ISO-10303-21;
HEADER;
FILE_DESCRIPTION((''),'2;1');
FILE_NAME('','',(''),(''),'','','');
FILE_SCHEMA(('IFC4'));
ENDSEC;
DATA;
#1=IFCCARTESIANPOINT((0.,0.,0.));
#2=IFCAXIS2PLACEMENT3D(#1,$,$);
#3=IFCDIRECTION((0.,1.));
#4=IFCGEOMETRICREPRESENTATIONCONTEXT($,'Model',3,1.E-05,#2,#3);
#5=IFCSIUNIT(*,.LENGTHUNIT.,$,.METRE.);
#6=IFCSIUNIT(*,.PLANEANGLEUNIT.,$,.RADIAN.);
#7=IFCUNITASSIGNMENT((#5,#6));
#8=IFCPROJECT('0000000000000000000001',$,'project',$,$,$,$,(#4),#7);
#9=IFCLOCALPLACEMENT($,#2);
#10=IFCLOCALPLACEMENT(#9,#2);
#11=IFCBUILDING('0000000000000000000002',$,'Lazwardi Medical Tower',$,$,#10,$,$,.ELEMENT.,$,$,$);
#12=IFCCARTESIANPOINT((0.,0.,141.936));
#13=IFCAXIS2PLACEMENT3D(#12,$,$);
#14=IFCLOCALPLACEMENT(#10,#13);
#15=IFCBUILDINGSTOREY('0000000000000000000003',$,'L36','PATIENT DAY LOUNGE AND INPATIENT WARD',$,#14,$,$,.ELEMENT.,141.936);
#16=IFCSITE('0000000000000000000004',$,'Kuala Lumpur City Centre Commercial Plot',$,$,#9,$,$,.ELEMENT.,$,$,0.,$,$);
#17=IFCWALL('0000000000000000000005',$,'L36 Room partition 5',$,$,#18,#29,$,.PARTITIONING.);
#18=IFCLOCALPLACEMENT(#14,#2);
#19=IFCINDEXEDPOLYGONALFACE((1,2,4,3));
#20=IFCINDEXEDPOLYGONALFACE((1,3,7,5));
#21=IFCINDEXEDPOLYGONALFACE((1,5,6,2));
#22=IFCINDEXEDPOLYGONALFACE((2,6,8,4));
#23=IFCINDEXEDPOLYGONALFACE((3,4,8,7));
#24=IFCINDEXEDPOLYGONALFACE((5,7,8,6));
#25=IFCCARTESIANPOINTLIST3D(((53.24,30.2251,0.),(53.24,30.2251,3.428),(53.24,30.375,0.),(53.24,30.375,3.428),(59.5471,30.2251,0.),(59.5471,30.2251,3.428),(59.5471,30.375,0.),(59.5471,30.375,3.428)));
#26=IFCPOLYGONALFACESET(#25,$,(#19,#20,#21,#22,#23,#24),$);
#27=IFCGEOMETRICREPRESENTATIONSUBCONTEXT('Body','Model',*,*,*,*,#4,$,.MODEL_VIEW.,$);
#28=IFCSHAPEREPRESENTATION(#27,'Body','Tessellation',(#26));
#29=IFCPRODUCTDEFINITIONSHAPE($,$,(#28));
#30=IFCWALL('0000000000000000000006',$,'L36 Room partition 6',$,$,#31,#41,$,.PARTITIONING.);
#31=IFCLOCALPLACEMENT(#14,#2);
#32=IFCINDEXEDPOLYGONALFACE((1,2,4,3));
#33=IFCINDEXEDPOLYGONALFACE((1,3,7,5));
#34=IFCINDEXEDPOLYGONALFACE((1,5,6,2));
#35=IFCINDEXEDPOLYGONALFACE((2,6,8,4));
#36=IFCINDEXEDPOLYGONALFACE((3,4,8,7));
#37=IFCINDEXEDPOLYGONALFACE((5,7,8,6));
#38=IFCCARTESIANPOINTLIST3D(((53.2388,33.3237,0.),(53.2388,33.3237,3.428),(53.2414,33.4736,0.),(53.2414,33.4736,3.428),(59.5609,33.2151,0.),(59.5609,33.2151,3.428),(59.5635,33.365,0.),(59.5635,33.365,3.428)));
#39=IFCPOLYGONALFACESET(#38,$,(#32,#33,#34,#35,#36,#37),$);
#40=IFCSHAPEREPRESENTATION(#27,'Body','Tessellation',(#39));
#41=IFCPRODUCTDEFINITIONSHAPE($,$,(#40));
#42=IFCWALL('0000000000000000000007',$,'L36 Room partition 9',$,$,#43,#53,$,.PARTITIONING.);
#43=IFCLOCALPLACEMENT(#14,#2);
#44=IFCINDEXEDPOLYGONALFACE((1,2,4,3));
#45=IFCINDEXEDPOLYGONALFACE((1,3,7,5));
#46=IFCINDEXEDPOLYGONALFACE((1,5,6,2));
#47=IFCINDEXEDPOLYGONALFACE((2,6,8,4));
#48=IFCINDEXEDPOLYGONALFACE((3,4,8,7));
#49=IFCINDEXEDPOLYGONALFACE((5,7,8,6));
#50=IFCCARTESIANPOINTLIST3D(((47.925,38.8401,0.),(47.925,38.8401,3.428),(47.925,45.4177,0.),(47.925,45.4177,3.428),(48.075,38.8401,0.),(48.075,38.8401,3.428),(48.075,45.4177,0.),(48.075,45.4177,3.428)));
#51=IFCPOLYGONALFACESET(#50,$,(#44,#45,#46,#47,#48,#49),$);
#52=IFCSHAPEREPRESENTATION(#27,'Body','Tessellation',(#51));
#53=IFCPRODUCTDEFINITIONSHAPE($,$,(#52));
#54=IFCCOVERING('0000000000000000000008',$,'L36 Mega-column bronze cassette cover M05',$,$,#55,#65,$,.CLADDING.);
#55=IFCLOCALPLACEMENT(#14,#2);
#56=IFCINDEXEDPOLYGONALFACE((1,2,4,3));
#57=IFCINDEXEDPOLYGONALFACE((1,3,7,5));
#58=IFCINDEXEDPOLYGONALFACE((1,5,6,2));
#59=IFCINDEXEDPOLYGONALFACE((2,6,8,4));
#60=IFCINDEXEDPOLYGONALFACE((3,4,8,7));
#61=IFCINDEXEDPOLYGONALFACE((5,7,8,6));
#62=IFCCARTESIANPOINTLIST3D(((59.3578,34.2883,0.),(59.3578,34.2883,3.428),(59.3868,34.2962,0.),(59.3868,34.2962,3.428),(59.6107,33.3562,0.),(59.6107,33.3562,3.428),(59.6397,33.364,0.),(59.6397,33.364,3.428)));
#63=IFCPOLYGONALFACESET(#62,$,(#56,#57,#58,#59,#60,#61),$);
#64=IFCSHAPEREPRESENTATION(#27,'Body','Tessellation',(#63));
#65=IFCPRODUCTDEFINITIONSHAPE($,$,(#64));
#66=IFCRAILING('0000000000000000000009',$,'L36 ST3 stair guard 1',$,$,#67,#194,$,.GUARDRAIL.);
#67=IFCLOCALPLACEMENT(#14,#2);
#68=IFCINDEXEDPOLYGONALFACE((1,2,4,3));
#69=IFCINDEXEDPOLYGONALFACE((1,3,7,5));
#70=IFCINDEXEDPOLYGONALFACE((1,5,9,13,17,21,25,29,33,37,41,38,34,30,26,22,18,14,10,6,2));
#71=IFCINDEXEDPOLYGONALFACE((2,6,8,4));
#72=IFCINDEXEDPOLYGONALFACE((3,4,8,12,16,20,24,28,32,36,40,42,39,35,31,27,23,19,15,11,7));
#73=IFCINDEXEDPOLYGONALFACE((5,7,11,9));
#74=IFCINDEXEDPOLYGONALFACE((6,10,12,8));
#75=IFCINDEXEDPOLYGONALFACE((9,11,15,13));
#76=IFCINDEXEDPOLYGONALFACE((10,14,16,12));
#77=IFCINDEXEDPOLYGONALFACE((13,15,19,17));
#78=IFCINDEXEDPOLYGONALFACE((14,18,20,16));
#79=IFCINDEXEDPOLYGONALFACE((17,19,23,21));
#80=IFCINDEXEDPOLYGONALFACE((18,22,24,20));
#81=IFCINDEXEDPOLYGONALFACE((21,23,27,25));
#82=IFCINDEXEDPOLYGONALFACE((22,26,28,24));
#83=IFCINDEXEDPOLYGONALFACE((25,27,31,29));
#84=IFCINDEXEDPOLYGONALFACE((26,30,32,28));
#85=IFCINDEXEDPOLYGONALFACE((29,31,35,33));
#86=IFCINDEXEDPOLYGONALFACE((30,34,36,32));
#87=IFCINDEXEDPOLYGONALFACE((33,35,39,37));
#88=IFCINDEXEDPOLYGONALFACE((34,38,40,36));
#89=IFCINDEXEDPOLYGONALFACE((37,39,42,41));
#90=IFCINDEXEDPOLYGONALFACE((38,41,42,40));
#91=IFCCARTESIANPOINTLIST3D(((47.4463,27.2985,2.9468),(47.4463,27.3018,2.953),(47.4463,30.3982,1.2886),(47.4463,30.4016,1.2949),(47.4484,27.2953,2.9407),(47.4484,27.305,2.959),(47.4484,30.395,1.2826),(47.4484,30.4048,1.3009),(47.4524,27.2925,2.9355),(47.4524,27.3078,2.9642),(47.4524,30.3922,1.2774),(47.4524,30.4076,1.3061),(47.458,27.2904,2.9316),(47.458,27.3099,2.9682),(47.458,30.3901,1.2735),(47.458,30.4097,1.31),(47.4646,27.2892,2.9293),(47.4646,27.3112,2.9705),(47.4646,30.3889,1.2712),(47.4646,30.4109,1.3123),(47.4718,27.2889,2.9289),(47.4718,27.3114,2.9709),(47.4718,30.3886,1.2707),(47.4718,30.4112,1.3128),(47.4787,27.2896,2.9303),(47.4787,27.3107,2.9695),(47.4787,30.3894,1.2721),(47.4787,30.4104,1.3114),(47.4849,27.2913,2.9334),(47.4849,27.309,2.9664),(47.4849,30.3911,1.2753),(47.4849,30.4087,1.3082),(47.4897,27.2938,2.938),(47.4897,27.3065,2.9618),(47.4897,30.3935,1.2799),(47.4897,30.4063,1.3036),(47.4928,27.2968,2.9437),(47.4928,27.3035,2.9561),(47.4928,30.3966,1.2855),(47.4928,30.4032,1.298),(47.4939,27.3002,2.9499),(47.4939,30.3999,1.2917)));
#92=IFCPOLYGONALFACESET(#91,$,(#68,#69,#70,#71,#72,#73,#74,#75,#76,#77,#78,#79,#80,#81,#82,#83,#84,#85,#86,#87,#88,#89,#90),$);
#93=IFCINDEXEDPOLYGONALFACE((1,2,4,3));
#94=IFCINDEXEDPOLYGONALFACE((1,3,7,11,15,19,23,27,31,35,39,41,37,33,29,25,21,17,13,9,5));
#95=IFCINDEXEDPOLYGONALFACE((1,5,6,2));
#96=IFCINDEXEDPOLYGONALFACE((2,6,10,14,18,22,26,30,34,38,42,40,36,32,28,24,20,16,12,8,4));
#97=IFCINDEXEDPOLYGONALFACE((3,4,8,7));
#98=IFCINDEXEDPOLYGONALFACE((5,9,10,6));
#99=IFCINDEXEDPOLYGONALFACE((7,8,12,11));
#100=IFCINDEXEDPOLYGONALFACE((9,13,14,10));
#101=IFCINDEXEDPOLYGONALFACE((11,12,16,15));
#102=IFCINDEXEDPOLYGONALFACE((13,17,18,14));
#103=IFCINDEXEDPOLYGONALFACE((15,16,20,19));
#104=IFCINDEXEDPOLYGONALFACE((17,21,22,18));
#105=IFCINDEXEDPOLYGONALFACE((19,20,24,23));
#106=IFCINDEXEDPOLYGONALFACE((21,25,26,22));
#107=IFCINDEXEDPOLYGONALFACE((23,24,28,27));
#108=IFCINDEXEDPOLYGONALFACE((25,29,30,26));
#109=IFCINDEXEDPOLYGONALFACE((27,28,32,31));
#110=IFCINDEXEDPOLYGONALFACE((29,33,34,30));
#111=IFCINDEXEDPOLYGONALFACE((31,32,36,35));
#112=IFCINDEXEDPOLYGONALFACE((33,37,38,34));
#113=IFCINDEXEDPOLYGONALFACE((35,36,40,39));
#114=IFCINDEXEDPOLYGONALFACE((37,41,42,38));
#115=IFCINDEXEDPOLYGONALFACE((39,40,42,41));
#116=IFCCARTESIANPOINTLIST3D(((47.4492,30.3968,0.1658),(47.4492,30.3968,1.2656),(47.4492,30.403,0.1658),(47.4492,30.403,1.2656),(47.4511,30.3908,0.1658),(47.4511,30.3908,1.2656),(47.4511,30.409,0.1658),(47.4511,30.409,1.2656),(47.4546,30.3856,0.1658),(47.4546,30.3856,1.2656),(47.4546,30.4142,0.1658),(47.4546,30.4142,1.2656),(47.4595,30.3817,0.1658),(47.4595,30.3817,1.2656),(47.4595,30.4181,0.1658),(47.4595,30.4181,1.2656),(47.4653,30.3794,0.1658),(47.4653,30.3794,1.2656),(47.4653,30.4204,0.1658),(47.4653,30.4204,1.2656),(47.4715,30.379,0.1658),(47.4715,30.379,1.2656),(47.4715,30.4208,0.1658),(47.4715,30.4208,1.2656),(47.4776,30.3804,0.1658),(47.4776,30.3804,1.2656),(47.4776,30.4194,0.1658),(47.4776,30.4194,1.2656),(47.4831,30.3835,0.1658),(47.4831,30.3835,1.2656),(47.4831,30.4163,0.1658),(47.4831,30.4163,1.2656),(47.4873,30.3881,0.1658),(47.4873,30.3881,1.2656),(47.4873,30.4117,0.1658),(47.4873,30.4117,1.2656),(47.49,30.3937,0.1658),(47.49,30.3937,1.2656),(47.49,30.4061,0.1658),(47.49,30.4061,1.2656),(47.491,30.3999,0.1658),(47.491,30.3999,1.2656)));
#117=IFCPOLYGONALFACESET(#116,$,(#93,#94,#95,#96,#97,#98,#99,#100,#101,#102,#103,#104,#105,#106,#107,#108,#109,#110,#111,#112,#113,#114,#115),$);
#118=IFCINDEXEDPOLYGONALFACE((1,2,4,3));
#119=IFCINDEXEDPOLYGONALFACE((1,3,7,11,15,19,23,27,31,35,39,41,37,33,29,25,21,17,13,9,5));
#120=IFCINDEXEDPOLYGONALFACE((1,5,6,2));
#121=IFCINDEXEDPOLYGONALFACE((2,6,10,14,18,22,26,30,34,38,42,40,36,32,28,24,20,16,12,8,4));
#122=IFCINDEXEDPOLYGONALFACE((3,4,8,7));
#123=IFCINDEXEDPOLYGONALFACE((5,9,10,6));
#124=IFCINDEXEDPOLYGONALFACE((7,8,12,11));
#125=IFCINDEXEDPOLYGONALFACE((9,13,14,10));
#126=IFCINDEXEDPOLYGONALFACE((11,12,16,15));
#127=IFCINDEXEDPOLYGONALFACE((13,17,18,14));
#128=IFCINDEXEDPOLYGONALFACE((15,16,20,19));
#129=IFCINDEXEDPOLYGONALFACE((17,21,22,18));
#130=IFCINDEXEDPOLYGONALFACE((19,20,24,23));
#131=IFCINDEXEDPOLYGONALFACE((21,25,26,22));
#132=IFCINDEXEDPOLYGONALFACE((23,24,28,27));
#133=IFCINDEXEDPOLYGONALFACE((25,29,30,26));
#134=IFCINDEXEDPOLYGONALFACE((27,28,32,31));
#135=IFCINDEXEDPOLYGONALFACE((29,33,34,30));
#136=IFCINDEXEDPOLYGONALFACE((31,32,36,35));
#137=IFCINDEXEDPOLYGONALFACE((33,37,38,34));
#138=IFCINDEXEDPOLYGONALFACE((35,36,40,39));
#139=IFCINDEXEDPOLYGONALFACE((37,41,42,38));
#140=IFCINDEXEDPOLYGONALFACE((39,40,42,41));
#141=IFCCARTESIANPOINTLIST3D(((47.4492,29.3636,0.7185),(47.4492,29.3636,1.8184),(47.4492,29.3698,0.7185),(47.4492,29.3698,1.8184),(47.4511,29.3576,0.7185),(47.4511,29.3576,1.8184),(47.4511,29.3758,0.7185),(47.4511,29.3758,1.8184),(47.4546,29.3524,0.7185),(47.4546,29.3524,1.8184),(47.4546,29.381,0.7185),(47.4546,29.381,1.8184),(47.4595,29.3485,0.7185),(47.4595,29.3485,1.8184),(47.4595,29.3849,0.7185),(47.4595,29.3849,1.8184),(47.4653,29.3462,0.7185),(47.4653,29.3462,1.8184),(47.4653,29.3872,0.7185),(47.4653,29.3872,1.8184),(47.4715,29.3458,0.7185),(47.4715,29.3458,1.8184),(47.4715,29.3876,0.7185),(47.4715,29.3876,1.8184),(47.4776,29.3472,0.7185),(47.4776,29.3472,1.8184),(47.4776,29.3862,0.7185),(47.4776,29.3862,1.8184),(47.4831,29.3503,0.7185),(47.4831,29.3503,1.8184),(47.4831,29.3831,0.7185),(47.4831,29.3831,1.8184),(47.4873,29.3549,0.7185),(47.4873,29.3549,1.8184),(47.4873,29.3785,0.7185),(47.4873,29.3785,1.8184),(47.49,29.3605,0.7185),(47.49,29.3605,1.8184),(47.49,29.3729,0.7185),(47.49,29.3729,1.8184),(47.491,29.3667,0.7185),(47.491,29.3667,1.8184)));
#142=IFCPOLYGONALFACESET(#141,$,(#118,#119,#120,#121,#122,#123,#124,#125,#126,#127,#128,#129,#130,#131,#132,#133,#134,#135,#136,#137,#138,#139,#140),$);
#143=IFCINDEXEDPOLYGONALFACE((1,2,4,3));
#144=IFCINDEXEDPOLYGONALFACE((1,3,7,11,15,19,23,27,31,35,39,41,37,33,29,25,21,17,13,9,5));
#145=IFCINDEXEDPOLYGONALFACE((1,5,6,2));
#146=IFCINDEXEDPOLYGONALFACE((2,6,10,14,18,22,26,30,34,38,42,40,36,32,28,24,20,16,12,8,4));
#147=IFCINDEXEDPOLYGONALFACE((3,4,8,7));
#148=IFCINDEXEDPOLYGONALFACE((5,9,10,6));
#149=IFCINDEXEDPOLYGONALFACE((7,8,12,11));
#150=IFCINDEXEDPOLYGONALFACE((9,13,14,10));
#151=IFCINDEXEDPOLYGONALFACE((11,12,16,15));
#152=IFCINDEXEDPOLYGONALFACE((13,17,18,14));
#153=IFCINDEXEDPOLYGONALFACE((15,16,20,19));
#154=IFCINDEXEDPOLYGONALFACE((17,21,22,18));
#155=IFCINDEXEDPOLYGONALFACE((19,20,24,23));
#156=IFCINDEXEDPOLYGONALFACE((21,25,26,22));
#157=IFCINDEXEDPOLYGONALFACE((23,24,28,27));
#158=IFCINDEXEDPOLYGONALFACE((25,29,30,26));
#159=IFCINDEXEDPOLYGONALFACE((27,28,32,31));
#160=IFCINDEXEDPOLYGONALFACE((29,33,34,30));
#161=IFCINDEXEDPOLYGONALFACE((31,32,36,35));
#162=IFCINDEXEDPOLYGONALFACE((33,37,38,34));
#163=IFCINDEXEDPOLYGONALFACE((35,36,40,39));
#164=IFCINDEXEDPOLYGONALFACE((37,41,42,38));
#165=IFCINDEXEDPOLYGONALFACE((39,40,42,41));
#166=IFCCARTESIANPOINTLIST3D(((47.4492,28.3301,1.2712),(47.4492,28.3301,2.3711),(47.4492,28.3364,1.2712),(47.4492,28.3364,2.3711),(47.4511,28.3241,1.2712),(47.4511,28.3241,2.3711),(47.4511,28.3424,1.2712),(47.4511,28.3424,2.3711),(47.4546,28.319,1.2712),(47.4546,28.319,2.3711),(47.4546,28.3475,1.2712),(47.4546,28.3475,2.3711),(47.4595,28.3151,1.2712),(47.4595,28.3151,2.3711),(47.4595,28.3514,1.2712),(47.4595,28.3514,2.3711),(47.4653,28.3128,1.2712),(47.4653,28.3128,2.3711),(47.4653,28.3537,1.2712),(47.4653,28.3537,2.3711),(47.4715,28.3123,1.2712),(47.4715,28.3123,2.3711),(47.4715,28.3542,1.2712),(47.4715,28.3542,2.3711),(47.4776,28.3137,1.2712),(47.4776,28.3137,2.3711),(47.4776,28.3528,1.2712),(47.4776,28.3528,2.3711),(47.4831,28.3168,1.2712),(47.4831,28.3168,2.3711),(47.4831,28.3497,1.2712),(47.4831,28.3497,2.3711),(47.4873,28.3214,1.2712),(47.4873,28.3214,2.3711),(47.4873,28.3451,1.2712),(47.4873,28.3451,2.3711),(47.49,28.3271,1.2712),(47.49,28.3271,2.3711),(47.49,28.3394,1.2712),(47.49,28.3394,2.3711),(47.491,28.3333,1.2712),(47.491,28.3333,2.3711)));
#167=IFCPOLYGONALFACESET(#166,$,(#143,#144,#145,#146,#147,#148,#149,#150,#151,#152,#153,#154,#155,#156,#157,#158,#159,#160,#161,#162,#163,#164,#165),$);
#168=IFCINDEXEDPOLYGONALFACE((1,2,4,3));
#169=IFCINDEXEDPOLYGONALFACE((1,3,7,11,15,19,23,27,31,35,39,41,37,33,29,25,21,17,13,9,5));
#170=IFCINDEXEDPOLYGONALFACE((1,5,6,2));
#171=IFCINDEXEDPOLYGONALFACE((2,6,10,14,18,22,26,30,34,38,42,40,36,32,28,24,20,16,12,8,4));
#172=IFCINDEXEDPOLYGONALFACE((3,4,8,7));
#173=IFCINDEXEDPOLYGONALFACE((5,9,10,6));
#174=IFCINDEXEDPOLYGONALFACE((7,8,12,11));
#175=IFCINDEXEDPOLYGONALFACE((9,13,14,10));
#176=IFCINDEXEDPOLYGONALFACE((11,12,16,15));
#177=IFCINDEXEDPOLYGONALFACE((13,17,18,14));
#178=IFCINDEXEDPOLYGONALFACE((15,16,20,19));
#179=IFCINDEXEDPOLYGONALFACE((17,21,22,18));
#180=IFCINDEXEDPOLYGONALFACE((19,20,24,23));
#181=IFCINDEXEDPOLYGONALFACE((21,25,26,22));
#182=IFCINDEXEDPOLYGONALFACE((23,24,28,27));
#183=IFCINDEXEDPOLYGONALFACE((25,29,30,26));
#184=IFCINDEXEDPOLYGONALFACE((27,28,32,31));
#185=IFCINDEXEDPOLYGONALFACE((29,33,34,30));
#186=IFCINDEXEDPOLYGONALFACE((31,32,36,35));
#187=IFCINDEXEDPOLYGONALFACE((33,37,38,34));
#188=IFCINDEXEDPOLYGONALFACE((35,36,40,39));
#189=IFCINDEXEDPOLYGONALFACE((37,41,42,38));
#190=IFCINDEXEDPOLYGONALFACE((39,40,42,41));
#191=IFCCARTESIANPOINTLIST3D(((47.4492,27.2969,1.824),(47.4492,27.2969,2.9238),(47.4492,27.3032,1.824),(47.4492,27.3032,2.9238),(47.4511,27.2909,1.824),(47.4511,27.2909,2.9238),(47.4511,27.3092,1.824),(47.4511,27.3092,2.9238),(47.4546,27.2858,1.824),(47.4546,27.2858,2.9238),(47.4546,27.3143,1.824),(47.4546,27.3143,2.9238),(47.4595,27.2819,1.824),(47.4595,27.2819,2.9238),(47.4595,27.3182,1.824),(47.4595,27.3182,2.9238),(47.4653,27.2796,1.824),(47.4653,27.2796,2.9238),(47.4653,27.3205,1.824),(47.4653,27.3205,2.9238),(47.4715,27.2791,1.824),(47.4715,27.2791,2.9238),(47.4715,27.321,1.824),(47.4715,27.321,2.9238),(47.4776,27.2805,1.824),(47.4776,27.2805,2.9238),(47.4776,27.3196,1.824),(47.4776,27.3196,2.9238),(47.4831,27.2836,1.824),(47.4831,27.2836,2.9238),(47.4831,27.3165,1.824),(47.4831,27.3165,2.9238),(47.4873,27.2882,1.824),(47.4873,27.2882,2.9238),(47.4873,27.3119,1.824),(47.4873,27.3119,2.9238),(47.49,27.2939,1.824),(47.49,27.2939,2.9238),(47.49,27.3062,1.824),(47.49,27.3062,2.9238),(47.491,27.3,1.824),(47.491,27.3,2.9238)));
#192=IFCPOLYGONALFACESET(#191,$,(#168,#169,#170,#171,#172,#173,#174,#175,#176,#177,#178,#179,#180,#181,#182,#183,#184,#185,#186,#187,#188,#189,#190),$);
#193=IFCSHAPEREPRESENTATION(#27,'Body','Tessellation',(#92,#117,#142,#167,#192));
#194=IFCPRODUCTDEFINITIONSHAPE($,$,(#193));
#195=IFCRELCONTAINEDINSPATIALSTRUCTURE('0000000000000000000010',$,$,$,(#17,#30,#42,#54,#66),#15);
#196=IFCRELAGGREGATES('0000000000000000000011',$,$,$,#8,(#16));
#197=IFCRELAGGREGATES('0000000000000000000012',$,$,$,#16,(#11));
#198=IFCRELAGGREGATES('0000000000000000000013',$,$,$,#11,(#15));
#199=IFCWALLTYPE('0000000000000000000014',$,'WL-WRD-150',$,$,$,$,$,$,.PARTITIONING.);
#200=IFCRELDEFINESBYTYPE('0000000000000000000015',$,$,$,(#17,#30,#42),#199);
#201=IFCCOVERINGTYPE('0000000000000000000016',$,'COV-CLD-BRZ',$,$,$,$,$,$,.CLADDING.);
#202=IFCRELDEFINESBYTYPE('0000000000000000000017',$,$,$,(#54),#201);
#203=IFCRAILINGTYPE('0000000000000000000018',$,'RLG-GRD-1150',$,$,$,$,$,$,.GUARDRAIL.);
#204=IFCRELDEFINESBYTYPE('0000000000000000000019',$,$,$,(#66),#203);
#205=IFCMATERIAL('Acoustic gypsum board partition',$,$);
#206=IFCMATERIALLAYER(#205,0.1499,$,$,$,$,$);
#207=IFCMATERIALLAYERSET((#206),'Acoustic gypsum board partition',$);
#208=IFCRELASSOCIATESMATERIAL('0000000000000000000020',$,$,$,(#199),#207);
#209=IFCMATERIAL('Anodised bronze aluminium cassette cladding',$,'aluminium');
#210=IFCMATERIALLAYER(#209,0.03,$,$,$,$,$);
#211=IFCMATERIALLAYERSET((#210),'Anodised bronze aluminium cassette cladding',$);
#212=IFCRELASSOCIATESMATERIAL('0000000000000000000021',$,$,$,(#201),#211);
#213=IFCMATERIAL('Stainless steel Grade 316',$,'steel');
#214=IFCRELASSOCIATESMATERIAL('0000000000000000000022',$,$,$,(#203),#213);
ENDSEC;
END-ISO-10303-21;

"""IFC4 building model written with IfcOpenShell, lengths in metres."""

from ifc_helpers import new_model, si_unit, direction, frame, frame_2d, origin, origin_2d, place, context, subcontext, project, spatial, rectangle, circle, extrude, material, layer, layer_set, type_object, element, save


model = new_model("IFC4")

# Units and contexts
model_context = context("Model", 3, precision=1e-05, world=origin(), true_north=direction((0.0, 1.0)))
body_context = subcontext(model_context, "Body", "Model", "MODEL_VIEW")
ifc_project = project(units=[si_unit("LENGTHUNIT", "METRE"), si_unit("PLANEANGLEUNIT", "RADIAN")], contexts=[model_context])

# Site, building, storey
site_placement = place(None, origin())
site = spatial("IfcSite", under=ifc_project, at=site_placement, Name="Kuala Lumpur City Centre Commercial Plot", CompositionType="ELEMENT", RefElevation=0.0)
building_placement = place(site_placement, origin())
building = spatial("IfcBuilding", under=site, at=building_placement, Name="Lazwardi Medical Tower", CompositionType="ELEMENT")
storey_placement = place(building_placement, frame((0.0, 0.0, 141.936)))
storey = spatial("IfcBuildingStorey", under=building, at=storey_placement, Name="L36", Description="PATIENT DAY LOUNGE AND INPATIENT WARD", CompositionType="ELEMENT", Elevation=141.936)

# Walls
ifc_material_1 = material(Name="Acoustic gypsum board partition")
ifc_layer_1 = layer(ifc_material_1, 0.1499)
ifc_layer_set_1 = layer_set([ifc_layer_1], Name="Acoustic gypsum board partition")
wall_type_1 = type_object("IfcWallType", Name="WL-WRD-150", PredefinedType="PARTITIONING", material=ifc_layer_set_1)
wall_1_placement = place(storey_placement, frame((53.24, 30.3, 0.0), z_axis=(0.0, 0.0, 1.0), x_axis=(1.0, 0.0, 0.0)))
element("IfcWall", 1, at=wall_1_placement, inside=storey, type_object=wall_type_1, Name="L36 Room partition 5", PredefinedType="PARTITIONING", context=body_context, shape_type="SweptSolid", body=[
    extrude(rectangle(XDim=6.3071, YDim=0.1499, at=frame_2d((3.1536, 0.0))), origin(), (0.0, 0.0, 1.0), 3.428),
])
wall_2_placement = place(storey_placement, frame((53.24, 33.3987, 0.0), z_axis=(0.0, 0.0, 1.0), x_axis=(0.999852, -0.017182, 0.0)))
element("IfcWall", 2, at=wall_2_placement, inside=storey, type_object=wall_type_1, Name="L36 Room partition 6", PredefinedType="PARTITIONING", context=body_context, shape_type="SweptSolid", body=[
    extrude(rectangle(XDim=6.323, YDim=0.1499, at=frame_2d((3.1616, 0.0))), origin(), (0.0, 0.0, 1.0), 3.428),
])
wall_3_placement = place(storey_placement, frame((48.0, 38.8401, 0.0), z_axis=(0.0, 0.0, 1.0), x_axis=(0.0, 1.0, 0.0)))
element("IfcWall", 3, at=wall_3_placement, inside=storey, type_object=wall_type_1, Name="L36 Room partition 9", PredefinedType="PARTITIONING", context=body_context, shape_type="SweptSolid", body=[
    extrude(rectangle(XDim=6.5776, YDim=0.1499, at=frame_2d((3.2888, 0.0))), origin(), (0.0, 0.0, 1.0), 3.428),
])

# Covering
ifc_material_2 = material(Name="Anodised bronze aluminium cassette cladding", Category="aluminium")
ifc_layer_2 = layer(ifc_material_2, 0.03)
ifc_layer_set_2 = layer_set([ifc_layer_2], Name="Anodised bronze aluminium cassette cladding")
covering_type = type_object("IfcCoveringType", Name="COV-CLD-BRZ", PredefinedType="CLADDING", material=ifc_layer_set_2)
covering_placement = place(storey_placement, frame((59.4988, 33.8262, 0.0), z_axis=(0.0, 0.0, 1.0), x_axis=(-0.261829, 0.965114, 0.0)))
element("IfcCovering", 4, at=covering_placement, inside=storey, type_object=covering_type, Name="L36 Mega-column bronze cassette cover M05", PredefinedType="CLADDING", context=body_context, shape_type="SweptSolid", body=[
    extrude(rectangle(XDim=0.9658, YDim=0.03, at=origin_2d()), origin(), (0.0, 0.0, 1.0), 3.428),
])

# Railing
ifc_material_3 = material(Name="Stainless steel Grade 316", Category="steel")
railing_type = type_object("IfcRailingType", Name="RLG-GRD-1150", PredefinedType="GUARDRAIL", material=ifc_material_3)
railing_1_placement = place(storey_placement, frame((47.47, 30.3999, 0.1658)))
element("IfcRailing", 5, at=railing_1_placement, inside=storey, type_object=railing_type, Name="L36 ST3 stair guard 1", PredefinedType="GUARDRAIL", context=body_context, shape_type="SweptSolid", body=[
    extrude(circle(Radius=0.0239, at=origin_2d()), frame((0.0, 0.0, 1.126), z_axis=(0.0, -0.881768, 0.471684), x_axis=(1.0, 0.0, 0.0)), (0.0, 0.0, 1.0), 3.5154),
    extrude(circle(Radius=0.021, at=origin_2d()), origin(), (0.0, 0.0, 1.0), 1.0999),
    extrude(circle(Radius=0.021, at=origin_2d()), frame((0.0, -1.0332, 0.5527)), (0.0, 0.0, 1.0), 1.0999),
    extrude(circle(Radius=0.021, at=origin_2d()), frame((0.0, -2.0667, 1.1055)), (0.0, 0.0, 1.0), 1.0999),
    extrude(circle(Radius=0.021, at=origin_2d()), frame((0.0, -3.0999, 1.6582)), (0.0, 0.0, 1.0), 1.0999),
])

save(model, "model.ifc")
